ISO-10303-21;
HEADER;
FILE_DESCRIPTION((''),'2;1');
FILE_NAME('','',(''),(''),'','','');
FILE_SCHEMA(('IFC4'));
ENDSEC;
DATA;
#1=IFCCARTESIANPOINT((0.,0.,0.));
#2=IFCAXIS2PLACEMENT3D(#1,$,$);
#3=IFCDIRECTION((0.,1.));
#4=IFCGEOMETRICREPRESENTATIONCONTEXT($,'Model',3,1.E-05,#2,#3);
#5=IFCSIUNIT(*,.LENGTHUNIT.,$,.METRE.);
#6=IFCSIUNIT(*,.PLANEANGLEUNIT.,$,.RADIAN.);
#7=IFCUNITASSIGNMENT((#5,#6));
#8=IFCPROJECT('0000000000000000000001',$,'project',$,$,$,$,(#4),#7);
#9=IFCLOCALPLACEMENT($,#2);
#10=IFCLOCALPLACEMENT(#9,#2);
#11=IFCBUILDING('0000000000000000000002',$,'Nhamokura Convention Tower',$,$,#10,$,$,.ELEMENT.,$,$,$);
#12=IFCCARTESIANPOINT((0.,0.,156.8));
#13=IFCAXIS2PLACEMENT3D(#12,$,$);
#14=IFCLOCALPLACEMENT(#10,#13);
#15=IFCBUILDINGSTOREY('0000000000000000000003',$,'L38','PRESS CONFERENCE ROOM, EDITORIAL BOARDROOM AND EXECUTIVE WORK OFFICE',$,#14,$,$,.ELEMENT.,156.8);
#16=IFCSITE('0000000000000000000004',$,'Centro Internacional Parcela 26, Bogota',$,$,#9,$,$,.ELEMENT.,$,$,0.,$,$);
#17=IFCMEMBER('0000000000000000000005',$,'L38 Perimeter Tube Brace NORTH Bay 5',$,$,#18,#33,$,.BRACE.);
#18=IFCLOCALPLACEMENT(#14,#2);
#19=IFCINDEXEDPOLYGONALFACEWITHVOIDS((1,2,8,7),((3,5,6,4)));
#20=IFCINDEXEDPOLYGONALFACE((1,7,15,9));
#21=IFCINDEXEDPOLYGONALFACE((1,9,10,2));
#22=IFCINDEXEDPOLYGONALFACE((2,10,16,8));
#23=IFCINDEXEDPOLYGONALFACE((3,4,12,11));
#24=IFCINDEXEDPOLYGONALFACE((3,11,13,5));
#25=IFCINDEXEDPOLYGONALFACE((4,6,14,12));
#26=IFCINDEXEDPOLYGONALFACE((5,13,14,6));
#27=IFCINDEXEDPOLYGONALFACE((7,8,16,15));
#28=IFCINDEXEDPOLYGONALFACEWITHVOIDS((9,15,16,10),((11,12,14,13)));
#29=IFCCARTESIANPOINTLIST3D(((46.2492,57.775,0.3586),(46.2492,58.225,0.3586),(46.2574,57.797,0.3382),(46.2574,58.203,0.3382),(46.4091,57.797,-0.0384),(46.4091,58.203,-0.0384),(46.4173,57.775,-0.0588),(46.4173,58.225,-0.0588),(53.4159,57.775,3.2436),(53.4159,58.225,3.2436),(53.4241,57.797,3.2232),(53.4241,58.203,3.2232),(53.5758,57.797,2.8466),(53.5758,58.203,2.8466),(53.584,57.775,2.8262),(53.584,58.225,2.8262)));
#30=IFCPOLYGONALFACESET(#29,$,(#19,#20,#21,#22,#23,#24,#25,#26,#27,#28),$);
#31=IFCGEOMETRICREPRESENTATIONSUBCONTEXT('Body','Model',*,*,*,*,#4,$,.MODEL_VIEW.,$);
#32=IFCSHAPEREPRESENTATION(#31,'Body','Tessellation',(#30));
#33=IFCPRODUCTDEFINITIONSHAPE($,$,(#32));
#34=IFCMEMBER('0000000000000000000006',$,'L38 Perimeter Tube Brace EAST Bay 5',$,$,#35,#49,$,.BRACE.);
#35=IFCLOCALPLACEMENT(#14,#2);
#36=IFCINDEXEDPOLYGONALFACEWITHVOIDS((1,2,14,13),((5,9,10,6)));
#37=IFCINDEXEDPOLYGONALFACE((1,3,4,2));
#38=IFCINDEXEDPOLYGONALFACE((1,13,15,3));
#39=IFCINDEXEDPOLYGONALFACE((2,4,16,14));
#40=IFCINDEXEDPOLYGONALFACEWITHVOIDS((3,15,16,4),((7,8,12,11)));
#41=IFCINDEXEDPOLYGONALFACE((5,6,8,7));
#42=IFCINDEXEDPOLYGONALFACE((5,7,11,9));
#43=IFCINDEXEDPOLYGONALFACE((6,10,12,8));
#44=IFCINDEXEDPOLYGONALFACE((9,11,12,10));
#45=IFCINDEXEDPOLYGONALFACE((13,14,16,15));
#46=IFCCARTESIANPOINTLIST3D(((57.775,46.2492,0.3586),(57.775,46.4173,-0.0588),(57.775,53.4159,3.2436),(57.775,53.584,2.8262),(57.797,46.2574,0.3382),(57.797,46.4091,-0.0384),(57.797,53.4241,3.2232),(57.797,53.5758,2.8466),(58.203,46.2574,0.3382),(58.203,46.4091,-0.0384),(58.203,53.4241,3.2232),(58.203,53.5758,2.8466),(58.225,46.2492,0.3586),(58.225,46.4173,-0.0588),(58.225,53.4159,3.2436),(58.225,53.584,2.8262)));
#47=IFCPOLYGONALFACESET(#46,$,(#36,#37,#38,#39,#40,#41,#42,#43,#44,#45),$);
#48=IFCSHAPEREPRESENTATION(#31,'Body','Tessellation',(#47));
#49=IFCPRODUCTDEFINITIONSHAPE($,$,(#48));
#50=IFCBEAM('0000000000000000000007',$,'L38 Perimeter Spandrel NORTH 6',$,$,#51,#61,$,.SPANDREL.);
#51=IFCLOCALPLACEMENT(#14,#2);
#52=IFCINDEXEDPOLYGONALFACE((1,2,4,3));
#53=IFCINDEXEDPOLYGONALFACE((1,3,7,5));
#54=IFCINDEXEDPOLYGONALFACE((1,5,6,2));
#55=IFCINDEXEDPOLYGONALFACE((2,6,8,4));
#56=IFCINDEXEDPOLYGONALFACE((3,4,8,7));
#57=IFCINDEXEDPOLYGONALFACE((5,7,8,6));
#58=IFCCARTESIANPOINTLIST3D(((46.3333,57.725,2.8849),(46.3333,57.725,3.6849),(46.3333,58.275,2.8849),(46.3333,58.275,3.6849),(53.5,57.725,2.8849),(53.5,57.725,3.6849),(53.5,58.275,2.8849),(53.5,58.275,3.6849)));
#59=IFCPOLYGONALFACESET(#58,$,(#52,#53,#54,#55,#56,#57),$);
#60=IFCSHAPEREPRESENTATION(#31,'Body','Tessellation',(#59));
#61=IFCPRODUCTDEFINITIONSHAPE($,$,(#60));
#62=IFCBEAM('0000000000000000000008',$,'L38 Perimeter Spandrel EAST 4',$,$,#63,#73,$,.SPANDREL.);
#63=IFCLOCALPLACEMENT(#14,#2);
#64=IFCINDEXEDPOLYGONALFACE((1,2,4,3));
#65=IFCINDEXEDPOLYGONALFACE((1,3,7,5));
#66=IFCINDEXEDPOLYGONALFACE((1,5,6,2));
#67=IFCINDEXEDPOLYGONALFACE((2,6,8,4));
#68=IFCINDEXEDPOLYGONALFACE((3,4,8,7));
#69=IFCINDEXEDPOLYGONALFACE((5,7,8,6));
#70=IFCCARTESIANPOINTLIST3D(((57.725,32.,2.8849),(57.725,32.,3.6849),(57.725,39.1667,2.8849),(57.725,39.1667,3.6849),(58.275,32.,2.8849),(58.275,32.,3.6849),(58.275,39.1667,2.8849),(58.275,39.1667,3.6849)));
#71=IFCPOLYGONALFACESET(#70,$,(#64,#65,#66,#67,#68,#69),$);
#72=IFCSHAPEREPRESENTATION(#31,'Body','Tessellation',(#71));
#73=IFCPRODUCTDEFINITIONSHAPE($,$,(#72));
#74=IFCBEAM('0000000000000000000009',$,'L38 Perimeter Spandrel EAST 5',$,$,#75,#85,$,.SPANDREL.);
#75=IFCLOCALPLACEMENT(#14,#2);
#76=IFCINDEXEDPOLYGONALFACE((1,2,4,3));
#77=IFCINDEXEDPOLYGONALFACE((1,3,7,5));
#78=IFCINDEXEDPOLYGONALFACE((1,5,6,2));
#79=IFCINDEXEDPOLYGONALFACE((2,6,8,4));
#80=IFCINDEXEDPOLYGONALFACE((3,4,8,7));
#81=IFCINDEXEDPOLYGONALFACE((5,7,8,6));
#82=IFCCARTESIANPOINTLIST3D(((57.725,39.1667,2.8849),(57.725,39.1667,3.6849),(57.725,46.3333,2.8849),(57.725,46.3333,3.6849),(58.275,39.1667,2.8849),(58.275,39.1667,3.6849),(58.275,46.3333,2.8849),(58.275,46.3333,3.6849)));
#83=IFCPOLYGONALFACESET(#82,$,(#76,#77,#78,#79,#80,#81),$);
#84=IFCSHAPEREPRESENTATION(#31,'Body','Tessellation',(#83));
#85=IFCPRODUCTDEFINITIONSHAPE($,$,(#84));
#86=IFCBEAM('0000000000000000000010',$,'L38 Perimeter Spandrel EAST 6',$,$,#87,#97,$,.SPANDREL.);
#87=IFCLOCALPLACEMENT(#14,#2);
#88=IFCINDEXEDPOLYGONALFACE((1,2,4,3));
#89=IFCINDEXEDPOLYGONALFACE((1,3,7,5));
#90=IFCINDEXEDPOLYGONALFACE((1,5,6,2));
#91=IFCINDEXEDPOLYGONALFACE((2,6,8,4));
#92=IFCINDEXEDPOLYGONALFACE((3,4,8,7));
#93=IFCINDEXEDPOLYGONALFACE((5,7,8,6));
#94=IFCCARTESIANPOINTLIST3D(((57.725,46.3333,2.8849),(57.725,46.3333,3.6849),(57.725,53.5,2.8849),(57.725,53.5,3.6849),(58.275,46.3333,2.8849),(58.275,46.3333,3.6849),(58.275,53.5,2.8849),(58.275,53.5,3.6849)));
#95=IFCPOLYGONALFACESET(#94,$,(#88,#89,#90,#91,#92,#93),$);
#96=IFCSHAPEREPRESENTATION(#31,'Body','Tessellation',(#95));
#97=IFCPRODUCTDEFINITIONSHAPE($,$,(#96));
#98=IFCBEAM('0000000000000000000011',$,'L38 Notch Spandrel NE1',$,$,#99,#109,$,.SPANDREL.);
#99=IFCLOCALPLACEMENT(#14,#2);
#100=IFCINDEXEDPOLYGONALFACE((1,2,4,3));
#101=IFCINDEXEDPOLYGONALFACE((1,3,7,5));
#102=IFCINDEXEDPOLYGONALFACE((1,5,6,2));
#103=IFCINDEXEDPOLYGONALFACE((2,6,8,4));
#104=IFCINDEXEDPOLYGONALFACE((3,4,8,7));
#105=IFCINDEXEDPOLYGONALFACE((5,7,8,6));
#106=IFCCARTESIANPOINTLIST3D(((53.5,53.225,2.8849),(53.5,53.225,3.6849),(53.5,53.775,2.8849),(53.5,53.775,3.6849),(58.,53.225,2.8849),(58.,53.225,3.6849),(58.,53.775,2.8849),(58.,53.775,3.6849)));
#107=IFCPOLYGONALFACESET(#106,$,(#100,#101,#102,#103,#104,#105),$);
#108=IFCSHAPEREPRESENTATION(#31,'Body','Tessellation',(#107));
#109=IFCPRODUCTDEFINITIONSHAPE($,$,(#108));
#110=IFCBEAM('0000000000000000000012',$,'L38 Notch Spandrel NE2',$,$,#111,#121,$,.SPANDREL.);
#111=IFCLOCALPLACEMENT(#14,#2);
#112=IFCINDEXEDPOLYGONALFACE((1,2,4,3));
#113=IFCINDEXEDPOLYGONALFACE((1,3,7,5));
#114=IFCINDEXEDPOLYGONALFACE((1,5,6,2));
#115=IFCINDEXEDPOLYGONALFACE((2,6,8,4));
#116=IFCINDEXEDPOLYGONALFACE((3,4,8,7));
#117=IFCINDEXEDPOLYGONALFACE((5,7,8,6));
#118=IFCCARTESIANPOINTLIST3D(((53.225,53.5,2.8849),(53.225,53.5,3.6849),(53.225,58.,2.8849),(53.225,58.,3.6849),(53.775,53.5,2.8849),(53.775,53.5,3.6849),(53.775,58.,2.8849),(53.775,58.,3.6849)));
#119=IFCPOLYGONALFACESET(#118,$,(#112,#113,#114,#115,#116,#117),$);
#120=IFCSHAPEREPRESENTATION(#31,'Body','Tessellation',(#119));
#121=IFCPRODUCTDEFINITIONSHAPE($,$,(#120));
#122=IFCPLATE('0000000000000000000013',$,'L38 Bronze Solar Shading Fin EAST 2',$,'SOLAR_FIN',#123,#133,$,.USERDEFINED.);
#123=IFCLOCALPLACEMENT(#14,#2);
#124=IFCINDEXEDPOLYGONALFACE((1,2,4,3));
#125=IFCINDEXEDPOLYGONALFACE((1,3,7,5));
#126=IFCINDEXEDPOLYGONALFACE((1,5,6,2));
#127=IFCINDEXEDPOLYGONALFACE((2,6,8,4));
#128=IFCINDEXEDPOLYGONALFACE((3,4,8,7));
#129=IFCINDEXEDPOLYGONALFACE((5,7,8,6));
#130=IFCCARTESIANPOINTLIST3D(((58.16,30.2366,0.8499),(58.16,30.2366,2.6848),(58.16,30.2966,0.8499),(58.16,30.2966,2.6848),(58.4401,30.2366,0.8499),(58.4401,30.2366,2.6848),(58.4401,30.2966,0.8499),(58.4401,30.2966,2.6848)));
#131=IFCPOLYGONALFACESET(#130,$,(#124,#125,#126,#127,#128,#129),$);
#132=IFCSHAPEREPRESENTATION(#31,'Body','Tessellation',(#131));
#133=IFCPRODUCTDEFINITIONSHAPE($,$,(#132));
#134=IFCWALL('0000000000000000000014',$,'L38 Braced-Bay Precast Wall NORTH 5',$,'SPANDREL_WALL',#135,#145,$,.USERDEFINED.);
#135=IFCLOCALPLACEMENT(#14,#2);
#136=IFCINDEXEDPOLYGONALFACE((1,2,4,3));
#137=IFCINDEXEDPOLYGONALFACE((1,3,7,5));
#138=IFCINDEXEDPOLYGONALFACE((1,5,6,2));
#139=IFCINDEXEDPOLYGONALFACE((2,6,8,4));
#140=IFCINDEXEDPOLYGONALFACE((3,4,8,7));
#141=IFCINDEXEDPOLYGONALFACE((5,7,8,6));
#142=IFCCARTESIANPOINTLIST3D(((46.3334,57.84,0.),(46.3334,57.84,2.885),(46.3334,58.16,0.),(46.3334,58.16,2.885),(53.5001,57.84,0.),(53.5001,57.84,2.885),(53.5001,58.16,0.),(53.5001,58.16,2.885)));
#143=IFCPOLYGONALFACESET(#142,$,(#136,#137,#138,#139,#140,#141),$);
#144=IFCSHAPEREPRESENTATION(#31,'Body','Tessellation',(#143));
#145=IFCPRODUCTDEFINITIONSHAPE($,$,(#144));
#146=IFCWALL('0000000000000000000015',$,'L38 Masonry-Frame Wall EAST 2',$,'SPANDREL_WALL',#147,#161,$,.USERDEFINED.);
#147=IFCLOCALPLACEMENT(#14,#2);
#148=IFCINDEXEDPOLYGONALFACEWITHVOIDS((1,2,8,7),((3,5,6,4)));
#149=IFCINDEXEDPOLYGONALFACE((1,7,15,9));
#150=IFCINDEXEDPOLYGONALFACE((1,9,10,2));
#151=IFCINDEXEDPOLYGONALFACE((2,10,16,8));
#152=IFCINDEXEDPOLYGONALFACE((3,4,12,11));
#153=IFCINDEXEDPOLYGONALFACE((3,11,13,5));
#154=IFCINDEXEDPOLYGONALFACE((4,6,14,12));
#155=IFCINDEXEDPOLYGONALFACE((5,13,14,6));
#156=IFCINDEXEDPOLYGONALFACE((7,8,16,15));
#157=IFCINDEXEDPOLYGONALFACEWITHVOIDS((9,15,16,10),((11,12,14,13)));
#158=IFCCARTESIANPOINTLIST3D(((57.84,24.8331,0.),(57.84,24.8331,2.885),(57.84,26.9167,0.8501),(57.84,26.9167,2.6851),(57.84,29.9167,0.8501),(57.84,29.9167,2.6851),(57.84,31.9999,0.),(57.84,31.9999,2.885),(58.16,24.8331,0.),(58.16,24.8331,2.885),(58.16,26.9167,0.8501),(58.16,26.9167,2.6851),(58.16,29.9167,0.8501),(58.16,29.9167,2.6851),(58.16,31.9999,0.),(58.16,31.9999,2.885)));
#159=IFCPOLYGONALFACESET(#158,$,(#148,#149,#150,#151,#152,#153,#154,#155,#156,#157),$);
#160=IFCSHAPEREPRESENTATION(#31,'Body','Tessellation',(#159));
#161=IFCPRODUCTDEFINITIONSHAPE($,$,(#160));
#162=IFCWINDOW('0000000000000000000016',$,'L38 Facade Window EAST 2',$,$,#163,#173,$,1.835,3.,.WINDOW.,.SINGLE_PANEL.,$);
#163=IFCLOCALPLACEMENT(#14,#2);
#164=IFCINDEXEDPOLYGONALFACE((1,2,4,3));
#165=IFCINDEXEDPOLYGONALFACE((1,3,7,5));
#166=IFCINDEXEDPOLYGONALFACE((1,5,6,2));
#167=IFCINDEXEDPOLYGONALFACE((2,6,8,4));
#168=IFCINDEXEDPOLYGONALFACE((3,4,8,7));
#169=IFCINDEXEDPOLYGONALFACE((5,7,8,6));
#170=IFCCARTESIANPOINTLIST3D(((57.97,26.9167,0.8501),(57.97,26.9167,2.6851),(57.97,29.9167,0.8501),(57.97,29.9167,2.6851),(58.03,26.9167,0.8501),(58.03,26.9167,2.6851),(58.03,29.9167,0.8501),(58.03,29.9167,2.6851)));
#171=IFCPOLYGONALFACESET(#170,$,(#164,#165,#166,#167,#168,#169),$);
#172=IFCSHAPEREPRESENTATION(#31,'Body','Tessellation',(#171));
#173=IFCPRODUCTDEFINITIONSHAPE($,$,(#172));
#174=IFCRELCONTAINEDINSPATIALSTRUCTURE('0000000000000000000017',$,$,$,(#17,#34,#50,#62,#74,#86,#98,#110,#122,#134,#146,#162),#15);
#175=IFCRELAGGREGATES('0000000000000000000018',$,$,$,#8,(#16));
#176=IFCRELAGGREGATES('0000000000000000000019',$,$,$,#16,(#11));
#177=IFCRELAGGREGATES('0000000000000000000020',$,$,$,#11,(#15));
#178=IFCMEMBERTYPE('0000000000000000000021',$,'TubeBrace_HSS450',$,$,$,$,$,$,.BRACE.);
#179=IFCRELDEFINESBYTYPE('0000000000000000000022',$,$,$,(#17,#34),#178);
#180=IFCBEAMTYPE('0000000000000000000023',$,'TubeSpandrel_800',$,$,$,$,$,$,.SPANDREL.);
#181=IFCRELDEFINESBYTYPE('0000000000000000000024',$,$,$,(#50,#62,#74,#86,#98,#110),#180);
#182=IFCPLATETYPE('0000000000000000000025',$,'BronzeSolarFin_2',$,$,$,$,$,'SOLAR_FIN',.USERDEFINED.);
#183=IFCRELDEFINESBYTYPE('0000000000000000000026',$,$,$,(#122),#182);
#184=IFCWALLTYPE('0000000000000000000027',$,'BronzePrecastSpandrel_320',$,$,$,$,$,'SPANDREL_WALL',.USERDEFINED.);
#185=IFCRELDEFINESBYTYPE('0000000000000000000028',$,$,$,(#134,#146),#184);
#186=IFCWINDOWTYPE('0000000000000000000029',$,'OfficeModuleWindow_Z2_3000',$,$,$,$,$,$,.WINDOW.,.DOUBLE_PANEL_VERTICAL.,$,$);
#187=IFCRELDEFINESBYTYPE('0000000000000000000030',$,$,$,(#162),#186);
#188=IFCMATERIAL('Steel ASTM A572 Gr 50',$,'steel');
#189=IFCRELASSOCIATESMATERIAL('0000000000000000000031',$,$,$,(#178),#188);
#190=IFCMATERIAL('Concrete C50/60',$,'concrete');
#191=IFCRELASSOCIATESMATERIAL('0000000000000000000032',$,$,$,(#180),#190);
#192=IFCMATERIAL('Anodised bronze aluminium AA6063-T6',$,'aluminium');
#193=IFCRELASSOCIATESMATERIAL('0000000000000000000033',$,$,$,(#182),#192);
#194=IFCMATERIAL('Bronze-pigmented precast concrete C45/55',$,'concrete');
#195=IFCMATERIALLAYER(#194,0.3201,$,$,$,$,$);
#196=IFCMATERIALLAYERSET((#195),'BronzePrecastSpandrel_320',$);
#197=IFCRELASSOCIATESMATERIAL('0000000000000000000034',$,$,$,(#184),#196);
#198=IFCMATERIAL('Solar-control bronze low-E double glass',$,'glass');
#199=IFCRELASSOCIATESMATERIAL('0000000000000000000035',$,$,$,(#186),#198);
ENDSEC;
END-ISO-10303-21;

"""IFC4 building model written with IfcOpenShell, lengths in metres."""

from ifc_helpers import new_model, si_unit, direction, frame, frame_2d, origin, origin_2d, place, context, subcontext, project, spatial, rectangle, hollow_rectangle, extrude, material, layer, layer_set, material_profile, profile_set, type_object, element, fill, save


model = new_model("IFC4")

# Units and contexts
model_context = context("Model", 3, precision=1e-05, world=origin(), true_north=direction((0.0, 1.0)))
body_context = subcontext(model_context, "Body", "Model", "MODEL_VIEW")
ifc_project = project(units=[si_unit("LENGTHUNIT", "METRE"), si_unit("PLANEANGLEUNIT", "RADIAN")], contexts=[model_context])

# Site, building, storey
site_placement = place(None, origin())
site = spatial("IfcSite", under=ifc_project, at=site_placement, Name="Centro Internacional Parcela 26, Bogota", CompositionType="ELEMENT", RefElevation=0.0)
building_placement = place(site_placement, origin())
building = spatial("IfcBuilding", under=site, at=building_placement, Name="Nhamokura Convention Tower", CompositionType="ELEMENT")
storey_placement = place(building_placement, frame((0.0, 0.0, 156.8)))
storey = spatial("IfcBuildingStorey", under=building, at=storey_placement, Name="L38", Description="PRESS CONFERENCE ROOM, EDITORIAL BOARDROOM AND EXECUTIVE WORK OFFICE", CompositionType="ELEMENT", Elevation=156.8)

# Members
ifc_material_1 = material(Name="Steel ASTM A572 Gr 50", Category="steel")
ifc_material_profile_1 = material_profile(ifc_material_1, hollow_rectangle(XDim=0.45, YDim=0.45, WallThickness=0.022, at=origin_2d()))
ifc_profile_set_1 = profile_set([ifc_material_profile_1], Name="Steel ASTM A572 Gr 50")
member_type_1 = type_object("IfcMemberType", Name="TubeBrace_HSS450", PredefinedType="BRACE", material=ifc_profile_set_1)
for number, where, z_axis, x_axis, name in (
    (1, (46.3333, 58.0, 0.1499), (0.927657, 0.0, 0.373433), (0.0, 1.0, 0.0), "L38 Perimeter Tube Brace NORTH Bay 5"),
    (2, (58.0, 46.3333, 0.1499), (0.0, 0.927657, 0.373433), (-1.0, 0.0, 0.0), "L38 Perimeter Tube Brace EAST Bay 5"),
):
    element("IfcMember", number, at=place(storey_placement, frame(where, z_axis=z_axis, x_axis=x_axis)), inside=storey, type_object=member_type_1, Name=name, PredefinedType="BRACE", context=body_context, shape_type="SweptSolid", body=[
        extrude(hollow_rectangle(XDim=0.45, YDim=0.45, WallThickness=0.022, at=origin_2d()), origin(), (0.0, 0.0, 1.0), 7.7256),
    ])

# Beams
ifc_material_2 = material(Name="Concrete C50/60", Category="concrete")
ifc_material_profile_2 = material_profile(ifc_material_2, rectangle(XDim=0.55, YDim=0.8, at=origin_2d()))
ifc_profile_set_2 = profile_set([ifc_material_profile_2], Name="Concrete C50/60")
beam_type_1 = type_object("IfcBeamType", Name="TubeSpandrel_800", PredefinedType="SPANDREL", material=ifc_profile_set_2)
for number, where, z_axis, x_axis, name in (
    (3, (46.3333, 58.0, 3.2849), (1.0, 0.0, 0.0), (0.0, 1.0, 0.0), "L38 Perimeter Spandrel NORTH 6"),
    (4, (58.0, 32.0, 3.2849), (0.0, 1.0, 0.0), (-1.0, 0.0, 0.0), "L38 Perimeter Spandrel EAST 4"),
):
    element("IfcBeam", number, at=place(storey_placement, frame(where, z_axis=z_axis, x_axis=x_axis)), inside=storey, type_object=beam_type_1, Name=name, PredefinedType="SPANDREL", context=body_context, shape_type="SweptSolid", body=[
        extrude(rectangle(XDim=0.55, YDim=0.8, at=origin_2d()), origin(), (0.0, 0.0, 1.0), 7.1667),
    ])
beam_1_placement = place(storey_placement, frame((58.0, 39.1667, 3.2849), z_axis=(0.0, 1.0, 0.0), x_axis=(-1.0, 0.0, 0.0)))
element("IfcBeam", 5, at=beam_1_placement, inside=storey, type_object=beam_type_1, Name="L38 Perimeter Spandrel EAST 5", PredefinedType="SPANDREL", context=body_context, shape_type="SweptSolid", body=[
    extrude(rectangle(XDim=0.55, YDim=0.8, at=origin_2d()), origin(), (0.0, 0.0, 1.0), 7.1665),
])
beam_2_placement = place(storey_placement, frame((58.0, 46.3333, 3.2849), z_axis=(0.0, 1.0, 0.0), x_axis=(-1.0, 0.0, 0.0)))
element("IfcBeam", 6, at=beam_2_placement, inside=storey, type_object=beam_type_1, Name="L38 Perimeter Spandrel EAST 6", PredefinedType="SPANDREL", context=body_context, shape_type="SweptSolid", body=[
    extrude(rectangle(XDim=0.55, YDim=0.8, at=origin_2d()), origin(), (0.0, 0.0, 1.0), 7.1667),
])
for number, where, z_axis, x_axis, name in (
    (7, (58.0, 53.5, 3.2849), (-1.0, 0.0, 0.0), (0.0, -1.0, 0.0), "L38 Notch Spandrel NE1"),
    (8, (53.5, 53.5, 3.2849), (0.0, 1.0, 0.0), (-1.0, 0.0, 0.0), "L38 Notch Spandrel NE2"),
):
    element("IfcBeam", number, at=place(storey_placement, frame(where, z_axis=z_axis, x_axis=x_axis)), inside=storey, type_object=beam_type_1, Name=name, PredefinedType="SPANDREL", context=body_context, shape_type="SweptSolid", body=[
        extrude(rectangle(XDim=0.55, YDim=0.8, at=origin_2d()), origin(), (0.0, 0.0, 1.0), 4.5),
    ])

# Plate
ifc_material_3 = material(Name="Anodised bronze aluminium AA6063-T6", Category="aluminium")
plate_type = type_object("IfcPlateType", Name="BronzeSolarFin_2", ElementType="SOLAR_FIN", PredefinedType="USERDEFINED", material=ifc_material_3)
plate_placement = place(storey_placement, frame((58.3, 30.2666, 0.8499), z_axis=(0.0, 0.0, 1.0), x_axis=(1.0, 0.0, 0.0)))
element("IfcPlate", 9, at=plate_placement, inside=storey, type_object=plate_type, Name="L38 Bronze Solar Shading Fin EAST 2", ObjectType="SOLAR_FIN", PredefinedType="USERDEFINED", context=body_context, shape_type="SweptSolid", body=[
    extrude(rectangle(XDim=0.28, YDim=0.0601, at=origin_2d()), origin(), (0.0, 0.0, 1.0), 1.835),
])

# Wall
ifc_material_4 = material(Name="Bronze-pigmented precast concrete C45/55", Category="concrete")
ifc_layer_1 = layer(ifc_material_4, 0.3201)
ifc_layer_set_1 = layer_set([ifc_layer_1], Name="BronzePrecastSpandrel_320")
wall_type_1 = type_object("IfcWallType", Name="BronzePrecastSpandrel_320", ElementType="SPANDREL_WALL", PredefinedType="USERDEFINED", material=ifc_layer_set_1)
wall_1_placement = place(storey_placement, frame((46.3333, 58.0, 0.0), z_axis=(0.0, 0.0, 1.0), x_axis=(1.0, 0.0, 0.0)))
element("IfcWall", 10, at=wall_1_placement, inside=storey, type_object=wall_type_1, Name="L38 Braced-Bay Precast Wall NORTH 5", ObjectType="SPANDREL_WALL", PredefinedType="USERDEFINED", context=body_context, shape_type="SweptSolid", body=[
    extrude(rectangle(XDim=7.1667, YDim=0.3201, at=frame_2d((3.5835, 0.0))), origin(), (0.0, 0.0, 1.0), 2.885),
])

# Wall, opening, window
wall_2_placement = place(storey_placement, frame((58.0, 32.0, 0.0), z_axis=(0.0, 0.0, 1.0), x_axis=(0.0, -1.0, 0.0)))
wall_2 = element("IfcWall", 11, at=wall_2_placement, inside=storey, type_object=wall_type_1, Name="L38 Masonry-Frame Wall EAST 2", ObjectType="SPANDREL_WALL", PredefinedType="USERDEFINED", context=body_context, shape_type="SweptSolid", body=[
    extrude(rectangle(XDim=7.1667, YDim=0.3201, at=frame_2d((3.5835, 0.0))), origin(), (0.0, 0.0, 1.0), 2.885),
])
opening_1_placement = place(wall_2_placement, frame((2.0833, 0.0, 0.8501)))
opening_1 = element("IfcOpeningElement", 12, at=opening_1_placement, cuts=wall_2, PredefinedType="OPENING", context=body_context, shape_type="SweptSolid", body=[
    extrude(rectangle(XDim=3.0, YDim=1.835, at=frame_2d((1.5, 0.9175))), frame((0.0, 0.1699, 0.0), z_axis=(0.0, -1.0, 0.0), x_axis=(1.0, 0.0, 0.0)), (0.0, 0.0, 1.0), 0.3401),
])
ifc_material_5 = material(Name="Solar-control bronze low-E double glass", Category="glass")
window_type_1 = type_object("IfcWindowType", Name="OfficeModuleWindow_Z2_3000", PartitioningType="DOUBLE_PANEL_VERTICAL", PredefinedType="WINDOW", material=ifc_material_5)
window_1_placement = place(opening_1_placement, origin())
window_1 = element("IfcWindow", 13, at=window_1_placement, inside=storey, type_object=window_type_1, Name="L38 Facade Window EAST 2", OverallHeight=1.835, OverallWidth=3.0, PartitioningType="SINGLE_PANEL", PredefinedType="WINDOW", context=body_context, shape_type="SweptSolid", body=[
    extrude(rectangle(XDim=3.0, YDim=1.835, at=frame_2d((1.5, 0.9175))), frame((0.0, 0.03, 0.0), z_axis=(0.0, -1.0, 0.0), x_axis=(1.0, 0.0, 0.0)), (0.0, 0.0, 1.0), 0.0601),
])
fill(opening_1, window_1)

save(model, "model.ifc")
